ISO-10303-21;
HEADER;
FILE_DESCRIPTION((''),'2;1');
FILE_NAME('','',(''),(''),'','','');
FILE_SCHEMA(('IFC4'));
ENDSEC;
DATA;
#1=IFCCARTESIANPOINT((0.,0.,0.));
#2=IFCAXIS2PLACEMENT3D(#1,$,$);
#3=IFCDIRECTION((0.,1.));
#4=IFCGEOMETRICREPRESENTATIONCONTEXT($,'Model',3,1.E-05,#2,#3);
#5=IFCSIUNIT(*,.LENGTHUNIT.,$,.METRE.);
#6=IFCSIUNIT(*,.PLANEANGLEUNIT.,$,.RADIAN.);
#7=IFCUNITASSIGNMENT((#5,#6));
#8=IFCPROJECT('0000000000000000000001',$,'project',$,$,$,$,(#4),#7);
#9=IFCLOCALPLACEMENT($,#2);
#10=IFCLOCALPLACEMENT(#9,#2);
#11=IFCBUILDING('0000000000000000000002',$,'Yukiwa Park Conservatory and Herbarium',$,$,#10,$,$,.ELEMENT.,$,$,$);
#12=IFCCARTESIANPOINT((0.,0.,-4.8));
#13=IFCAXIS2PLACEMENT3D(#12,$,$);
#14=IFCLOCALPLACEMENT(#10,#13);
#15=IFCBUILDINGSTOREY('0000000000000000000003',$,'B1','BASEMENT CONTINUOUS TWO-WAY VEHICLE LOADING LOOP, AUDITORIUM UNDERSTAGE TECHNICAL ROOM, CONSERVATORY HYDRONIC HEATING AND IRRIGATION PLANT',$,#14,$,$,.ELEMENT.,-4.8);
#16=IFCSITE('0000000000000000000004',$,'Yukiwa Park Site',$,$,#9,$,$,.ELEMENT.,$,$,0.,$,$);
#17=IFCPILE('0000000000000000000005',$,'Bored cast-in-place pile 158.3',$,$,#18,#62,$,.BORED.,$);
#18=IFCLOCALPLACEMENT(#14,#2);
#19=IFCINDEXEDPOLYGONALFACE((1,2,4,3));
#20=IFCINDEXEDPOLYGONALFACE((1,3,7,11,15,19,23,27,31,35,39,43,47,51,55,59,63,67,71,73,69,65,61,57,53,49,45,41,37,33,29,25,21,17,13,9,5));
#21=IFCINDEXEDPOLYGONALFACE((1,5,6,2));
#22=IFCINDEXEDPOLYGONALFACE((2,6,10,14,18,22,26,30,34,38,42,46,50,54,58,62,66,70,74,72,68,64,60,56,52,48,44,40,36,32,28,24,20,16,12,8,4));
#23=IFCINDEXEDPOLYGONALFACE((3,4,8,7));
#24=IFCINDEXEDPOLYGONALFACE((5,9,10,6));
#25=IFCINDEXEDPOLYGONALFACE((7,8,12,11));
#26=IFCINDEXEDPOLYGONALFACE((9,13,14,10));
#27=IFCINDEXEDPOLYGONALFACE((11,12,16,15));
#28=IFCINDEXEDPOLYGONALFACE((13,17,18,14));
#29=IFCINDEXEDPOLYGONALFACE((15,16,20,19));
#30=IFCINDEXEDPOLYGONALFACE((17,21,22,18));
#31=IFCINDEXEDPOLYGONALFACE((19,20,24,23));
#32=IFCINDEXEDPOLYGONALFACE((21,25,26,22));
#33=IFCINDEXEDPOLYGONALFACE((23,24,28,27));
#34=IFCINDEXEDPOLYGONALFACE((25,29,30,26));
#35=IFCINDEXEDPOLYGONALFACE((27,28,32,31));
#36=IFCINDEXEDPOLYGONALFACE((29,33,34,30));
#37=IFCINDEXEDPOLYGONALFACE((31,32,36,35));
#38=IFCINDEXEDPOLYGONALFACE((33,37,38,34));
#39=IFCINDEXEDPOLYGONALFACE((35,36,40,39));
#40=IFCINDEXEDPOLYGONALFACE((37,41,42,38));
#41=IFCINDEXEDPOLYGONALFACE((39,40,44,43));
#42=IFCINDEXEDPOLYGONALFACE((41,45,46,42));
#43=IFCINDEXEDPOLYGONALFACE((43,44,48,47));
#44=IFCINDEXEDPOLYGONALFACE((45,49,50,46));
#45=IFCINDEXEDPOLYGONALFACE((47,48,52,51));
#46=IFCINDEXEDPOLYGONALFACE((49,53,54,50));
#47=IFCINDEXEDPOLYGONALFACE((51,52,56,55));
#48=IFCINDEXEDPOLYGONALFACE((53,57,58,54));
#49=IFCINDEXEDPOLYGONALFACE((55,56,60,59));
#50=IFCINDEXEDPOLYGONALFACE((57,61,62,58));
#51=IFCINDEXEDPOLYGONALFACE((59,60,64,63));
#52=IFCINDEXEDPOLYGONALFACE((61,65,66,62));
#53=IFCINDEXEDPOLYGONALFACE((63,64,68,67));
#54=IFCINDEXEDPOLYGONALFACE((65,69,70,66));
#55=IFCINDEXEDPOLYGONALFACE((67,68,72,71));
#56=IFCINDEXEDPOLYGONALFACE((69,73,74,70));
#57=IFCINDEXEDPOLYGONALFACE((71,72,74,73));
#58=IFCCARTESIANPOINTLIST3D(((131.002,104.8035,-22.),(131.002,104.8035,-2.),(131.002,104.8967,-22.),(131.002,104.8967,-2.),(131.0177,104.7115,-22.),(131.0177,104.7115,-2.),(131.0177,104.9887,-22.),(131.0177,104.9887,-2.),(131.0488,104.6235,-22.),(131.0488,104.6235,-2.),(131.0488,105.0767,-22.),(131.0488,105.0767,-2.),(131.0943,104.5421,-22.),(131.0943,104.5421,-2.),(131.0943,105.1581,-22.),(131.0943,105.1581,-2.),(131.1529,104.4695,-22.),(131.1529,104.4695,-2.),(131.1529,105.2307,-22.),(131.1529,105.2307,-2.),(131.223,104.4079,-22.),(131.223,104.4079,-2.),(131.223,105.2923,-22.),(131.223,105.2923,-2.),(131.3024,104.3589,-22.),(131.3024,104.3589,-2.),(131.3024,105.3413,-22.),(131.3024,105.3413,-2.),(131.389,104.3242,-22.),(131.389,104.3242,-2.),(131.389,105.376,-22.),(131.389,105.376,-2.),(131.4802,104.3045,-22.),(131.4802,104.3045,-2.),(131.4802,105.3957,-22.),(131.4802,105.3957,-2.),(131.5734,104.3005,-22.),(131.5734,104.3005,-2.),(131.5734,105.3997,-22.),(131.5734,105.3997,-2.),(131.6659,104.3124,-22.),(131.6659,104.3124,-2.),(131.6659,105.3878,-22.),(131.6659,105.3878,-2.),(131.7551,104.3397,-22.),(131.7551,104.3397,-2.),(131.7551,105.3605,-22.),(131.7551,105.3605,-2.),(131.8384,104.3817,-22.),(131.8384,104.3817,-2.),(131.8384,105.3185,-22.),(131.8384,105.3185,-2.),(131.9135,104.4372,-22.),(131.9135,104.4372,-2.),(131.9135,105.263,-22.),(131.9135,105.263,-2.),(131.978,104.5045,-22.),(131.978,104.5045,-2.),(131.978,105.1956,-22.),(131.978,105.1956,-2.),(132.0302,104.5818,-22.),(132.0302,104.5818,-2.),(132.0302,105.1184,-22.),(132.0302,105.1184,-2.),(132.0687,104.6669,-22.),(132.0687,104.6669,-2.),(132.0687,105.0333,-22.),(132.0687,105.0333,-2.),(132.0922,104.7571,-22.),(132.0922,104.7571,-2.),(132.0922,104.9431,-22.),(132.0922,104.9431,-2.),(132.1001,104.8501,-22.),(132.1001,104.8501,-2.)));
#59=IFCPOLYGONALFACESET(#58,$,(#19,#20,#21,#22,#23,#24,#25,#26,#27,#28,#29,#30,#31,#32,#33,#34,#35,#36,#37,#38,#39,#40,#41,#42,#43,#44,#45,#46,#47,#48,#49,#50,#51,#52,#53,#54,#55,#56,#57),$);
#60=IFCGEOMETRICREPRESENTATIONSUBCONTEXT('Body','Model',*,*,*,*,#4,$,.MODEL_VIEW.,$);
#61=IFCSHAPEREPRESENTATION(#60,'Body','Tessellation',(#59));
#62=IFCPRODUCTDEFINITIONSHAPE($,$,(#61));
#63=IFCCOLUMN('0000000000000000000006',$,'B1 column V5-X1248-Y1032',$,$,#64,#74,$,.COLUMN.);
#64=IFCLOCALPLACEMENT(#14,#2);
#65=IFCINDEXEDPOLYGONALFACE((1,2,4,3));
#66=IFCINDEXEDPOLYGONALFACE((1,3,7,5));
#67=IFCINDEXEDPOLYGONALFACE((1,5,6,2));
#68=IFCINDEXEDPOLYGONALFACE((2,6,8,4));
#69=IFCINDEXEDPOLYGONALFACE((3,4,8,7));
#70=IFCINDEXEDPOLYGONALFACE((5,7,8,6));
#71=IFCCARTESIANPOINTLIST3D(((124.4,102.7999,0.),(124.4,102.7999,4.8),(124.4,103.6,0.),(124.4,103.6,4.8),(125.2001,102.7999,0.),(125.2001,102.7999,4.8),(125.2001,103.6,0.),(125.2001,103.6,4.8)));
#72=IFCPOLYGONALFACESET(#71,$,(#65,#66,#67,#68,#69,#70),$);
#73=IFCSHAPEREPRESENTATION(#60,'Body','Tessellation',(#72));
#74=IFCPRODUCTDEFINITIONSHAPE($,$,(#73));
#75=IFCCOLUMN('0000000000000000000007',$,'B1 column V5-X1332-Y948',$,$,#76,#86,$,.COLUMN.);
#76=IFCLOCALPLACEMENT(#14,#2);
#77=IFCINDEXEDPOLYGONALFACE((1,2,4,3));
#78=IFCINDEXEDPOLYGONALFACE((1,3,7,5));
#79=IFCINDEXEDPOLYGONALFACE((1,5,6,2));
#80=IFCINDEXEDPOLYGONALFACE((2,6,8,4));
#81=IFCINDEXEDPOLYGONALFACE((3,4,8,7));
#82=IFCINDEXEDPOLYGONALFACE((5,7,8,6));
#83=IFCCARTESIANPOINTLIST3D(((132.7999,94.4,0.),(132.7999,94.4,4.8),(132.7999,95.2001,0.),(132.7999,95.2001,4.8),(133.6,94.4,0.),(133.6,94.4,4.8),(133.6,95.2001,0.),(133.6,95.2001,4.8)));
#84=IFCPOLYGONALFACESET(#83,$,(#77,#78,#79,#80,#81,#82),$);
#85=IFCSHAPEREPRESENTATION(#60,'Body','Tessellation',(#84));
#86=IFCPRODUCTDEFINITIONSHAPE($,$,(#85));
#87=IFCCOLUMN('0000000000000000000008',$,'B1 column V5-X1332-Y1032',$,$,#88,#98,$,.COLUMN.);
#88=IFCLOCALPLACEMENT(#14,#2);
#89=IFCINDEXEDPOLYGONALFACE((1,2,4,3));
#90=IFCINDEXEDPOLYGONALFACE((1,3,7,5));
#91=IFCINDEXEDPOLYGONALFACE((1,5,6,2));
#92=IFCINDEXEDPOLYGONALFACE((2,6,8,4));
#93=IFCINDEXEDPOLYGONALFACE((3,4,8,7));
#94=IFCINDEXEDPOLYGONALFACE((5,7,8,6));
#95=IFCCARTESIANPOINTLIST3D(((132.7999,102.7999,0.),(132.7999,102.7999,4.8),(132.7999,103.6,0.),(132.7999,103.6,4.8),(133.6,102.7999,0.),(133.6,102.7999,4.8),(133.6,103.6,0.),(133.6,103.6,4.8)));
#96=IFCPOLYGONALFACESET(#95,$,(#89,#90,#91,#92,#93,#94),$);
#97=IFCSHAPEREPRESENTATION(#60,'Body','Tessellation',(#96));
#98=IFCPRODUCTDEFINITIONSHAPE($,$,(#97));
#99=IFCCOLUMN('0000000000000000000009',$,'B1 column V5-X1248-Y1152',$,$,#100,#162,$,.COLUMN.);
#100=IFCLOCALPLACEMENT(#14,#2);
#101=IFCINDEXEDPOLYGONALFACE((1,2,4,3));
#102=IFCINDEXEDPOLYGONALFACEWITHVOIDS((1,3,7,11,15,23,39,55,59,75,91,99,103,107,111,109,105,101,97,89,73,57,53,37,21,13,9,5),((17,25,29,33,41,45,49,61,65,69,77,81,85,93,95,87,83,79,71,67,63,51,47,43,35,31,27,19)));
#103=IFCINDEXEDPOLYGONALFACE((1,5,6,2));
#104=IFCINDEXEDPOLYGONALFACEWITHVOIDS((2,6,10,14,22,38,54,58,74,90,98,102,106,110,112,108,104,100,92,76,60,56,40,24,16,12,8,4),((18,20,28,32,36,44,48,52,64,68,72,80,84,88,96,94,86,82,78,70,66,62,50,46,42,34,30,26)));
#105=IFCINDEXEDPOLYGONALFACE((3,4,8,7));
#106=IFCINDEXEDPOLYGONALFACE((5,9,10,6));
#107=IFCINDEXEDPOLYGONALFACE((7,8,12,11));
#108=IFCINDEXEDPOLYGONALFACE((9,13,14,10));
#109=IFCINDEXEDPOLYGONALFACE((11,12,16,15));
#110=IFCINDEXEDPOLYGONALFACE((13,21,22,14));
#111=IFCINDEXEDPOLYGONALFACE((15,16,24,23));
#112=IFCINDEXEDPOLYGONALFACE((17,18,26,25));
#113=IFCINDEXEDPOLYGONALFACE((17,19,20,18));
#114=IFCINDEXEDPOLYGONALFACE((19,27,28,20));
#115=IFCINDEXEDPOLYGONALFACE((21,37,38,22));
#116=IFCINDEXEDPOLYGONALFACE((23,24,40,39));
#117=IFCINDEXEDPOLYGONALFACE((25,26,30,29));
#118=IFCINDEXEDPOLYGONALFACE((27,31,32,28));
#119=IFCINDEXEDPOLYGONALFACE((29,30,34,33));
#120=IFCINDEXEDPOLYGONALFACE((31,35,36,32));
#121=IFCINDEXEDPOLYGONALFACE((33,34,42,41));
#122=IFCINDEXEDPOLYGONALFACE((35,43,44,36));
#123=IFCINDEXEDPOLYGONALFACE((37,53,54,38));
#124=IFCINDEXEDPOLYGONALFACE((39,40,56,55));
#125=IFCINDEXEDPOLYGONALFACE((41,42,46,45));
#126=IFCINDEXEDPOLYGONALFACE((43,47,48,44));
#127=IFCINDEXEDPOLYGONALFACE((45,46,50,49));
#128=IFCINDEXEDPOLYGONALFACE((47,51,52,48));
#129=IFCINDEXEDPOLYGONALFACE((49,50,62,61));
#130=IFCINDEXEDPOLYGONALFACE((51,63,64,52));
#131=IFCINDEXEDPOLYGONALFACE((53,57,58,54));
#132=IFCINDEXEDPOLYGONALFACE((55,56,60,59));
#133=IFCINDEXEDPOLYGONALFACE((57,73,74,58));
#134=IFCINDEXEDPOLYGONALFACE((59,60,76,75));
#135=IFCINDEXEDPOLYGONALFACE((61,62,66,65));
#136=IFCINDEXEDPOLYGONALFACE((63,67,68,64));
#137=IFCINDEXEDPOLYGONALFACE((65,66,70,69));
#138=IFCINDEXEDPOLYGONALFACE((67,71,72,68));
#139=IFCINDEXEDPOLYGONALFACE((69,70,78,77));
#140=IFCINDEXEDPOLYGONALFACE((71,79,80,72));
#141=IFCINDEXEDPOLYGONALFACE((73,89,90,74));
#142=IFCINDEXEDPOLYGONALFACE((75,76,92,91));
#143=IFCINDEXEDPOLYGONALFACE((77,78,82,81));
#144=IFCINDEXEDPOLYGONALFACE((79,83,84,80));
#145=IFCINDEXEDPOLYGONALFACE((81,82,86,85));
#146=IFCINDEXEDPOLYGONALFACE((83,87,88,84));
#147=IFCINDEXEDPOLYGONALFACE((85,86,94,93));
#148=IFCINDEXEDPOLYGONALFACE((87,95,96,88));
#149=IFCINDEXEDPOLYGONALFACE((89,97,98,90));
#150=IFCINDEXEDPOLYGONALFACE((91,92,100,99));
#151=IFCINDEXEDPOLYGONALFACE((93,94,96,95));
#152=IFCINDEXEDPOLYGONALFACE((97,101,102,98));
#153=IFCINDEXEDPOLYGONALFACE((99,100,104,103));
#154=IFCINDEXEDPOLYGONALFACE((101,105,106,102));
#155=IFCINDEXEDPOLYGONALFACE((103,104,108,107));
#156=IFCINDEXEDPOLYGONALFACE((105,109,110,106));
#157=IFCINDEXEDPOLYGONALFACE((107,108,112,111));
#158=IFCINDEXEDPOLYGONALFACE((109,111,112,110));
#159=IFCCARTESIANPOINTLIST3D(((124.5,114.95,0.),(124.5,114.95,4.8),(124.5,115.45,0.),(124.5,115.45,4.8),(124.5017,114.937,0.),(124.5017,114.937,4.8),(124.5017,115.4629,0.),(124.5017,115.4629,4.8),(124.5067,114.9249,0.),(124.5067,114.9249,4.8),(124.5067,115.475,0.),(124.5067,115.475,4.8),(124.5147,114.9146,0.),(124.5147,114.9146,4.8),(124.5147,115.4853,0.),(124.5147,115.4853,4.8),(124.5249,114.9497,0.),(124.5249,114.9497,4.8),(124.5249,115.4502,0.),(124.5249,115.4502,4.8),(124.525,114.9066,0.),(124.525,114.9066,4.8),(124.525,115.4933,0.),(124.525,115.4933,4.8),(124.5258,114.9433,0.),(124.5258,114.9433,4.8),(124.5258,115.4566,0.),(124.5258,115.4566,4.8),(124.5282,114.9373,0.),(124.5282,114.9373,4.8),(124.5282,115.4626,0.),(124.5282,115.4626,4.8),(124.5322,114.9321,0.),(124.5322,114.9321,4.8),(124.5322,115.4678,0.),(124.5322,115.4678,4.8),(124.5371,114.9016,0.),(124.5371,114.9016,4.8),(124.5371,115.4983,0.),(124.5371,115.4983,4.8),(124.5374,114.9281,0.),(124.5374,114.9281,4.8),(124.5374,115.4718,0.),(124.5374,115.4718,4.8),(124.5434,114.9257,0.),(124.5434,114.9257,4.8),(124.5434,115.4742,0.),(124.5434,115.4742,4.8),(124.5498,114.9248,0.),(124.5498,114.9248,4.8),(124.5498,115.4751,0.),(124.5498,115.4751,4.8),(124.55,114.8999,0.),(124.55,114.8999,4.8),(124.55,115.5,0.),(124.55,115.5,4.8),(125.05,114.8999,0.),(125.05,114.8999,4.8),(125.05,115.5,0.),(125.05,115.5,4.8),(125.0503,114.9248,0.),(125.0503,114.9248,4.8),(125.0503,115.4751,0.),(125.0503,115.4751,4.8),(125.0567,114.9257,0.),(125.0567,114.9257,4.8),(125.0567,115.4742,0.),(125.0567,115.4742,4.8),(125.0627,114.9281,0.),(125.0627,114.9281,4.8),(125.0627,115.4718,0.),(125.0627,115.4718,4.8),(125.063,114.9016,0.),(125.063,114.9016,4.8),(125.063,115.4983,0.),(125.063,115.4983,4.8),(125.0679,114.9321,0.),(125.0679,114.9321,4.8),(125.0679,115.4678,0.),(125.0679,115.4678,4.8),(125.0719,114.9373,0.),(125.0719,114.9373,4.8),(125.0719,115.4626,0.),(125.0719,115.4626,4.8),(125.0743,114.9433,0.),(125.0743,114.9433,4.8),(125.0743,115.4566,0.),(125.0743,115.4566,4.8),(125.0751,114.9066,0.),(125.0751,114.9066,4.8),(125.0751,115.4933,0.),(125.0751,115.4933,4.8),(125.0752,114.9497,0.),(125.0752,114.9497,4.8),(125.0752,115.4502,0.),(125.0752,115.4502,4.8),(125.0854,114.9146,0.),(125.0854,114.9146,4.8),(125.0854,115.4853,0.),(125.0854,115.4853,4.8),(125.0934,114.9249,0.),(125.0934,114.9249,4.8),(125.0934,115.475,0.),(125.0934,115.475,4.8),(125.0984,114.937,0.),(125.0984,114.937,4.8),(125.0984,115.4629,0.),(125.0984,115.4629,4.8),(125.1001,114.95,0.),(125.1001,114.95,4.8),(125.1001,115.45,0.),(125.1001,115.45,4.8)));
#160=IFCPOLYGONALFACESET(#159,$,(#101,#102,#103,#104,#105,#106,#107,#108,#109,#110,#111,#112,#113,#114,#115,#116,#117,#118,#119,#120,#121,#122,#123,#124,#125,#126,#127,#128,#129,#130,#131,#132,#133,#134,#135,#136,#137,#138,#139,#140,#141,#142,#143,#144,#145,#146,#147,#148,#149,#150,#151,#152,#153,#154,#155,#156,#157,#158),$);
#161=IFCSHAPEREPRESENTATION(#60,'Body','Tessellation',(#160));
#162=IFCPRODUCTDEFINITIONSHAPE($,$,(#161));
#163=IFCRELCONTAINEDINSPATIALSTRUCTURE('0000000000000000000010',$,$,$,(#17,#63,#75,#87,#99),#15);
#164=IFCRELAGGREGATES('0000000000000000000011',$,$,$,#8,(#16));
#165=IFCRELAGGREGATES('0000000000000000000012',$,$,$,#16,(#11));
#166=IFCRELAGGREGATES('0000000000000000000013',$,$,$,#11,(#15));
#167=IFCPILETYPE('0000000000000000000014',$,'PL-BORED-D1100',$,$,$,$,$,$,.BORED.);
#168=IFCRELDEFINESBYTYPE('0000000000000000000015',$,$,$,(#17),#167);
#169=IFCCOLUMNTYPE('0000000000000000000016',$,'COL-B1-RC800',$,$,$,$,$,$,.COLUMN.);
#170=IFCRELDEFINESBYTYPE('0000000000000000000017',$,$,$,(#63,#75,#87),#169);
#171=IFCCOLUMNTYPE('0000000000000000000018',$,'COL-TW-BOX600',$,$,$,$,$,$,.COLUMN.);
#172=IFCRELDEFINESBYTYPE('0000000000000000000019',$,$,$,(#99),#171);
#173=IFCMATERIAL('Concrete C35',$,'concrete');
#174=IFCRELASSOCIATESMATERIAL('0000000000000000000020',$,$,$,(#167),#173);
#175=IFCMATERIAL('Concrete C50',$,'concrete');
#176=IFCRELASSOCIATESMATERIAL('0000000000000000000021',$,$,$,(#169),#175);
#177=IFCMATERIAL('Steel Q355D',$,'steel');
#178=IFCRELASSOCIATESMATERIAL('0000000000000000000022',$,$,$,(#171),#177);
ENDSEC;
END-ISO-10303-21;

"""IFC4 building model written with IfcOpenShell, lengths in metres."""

from ifc_helpers import new_model, si_unit, direction, frame, origin, origin_2d, place, context, subcontext, project, spatial, rectangle, hollow_rectangle, circle, extrude, material, material_profile, profile_set, type_object, element, save


model = new_model("IFC4")

# Units and contexts
model_context = context("Model", 3, precision=1e-05, world=origin(), true_north=direction((0.0, 1.0)))
body_context = subcontext(model_context, "Body", "Model", "MODEL_VIEW")
ifc_project = project(units=[si_unit("LENGTHUNIT", "METRE"), si_unit("PLANEANGLEUNIT", "RADIAN")], contexts=[model_context])

# Site, building, storey
site_placement = place(None, origin())
site = spatial("IfcSite", under=ifc_project, at=site_placement, Name="Yukiwa Park Site", CompositionType="ELEMENT", RefElevation=0.0)
building_placement = place(site_placement, origin())
building = spatial("IfcBuilding", under=site, at=building_placement, Name="Yukiwa Park Conservatory and Herbarium", CompositionType="ELEMENT")
storey_placement = place(building_placement, frame((0.0, 0.0, -4.8)))
storey = spatial("IfcBuildingStorey", under=building, at=storey_placement, Name="B1", Description="BASEMENT CONTINUOUS TWO-WAY VEHICLE LOADING LOOP, AUDITORIUM UNDERSTAGE TECHNICAL ROOM, CONSERVATORY HYDRONIC HEATING AND IRRIGATION PLANT", CompositionType="ELEMENT", Elevation=-4.8)

# Pile
ifc_material_1 = material(Name="Concrete C35", Category="concrete")
ifc_material_profile_1 = material_profile(ifc_material_1, circle(Radius=0.55, at=origin_2d()), Name="PILE D1100")
ifc_profile_set_1 = profile_set([ifc_material_profile_1], Name="Concrete C35")
pile_type_1 = type_object("IfcPileType", Name="PL-BORED-D1100", PredefinedType="BORED", material=ifc_profile_set_1)
for number, where, z_axis, x_axis, name in (
    (1, (131.55, 104.8501, -2.0), (0.0, 0.0, -1.0), (1.0, 0.0, 0.0), "Bored cast-in-place pile 158.3"),
):
    element("IfcPile", number, at=place(storey_placement, frame(where, z_axis=z_axis, x_axis=x_axis)), inside=storey, type_object=pile_type_1, Name=name, PredefinedType="BORED", context=body_context, shape_type="SweptSolid", body=[
        extrude(circle(Radius=0.55, at=origin_2d()), origin(), (0.0, 0.0, 1.0), 20.0),
    ])

# Columns
ifc_material_2 = material(Name="Concrete C50", Category="concrete")
ifc_material_profile_2 = material_profile(ifc_material_2, rectangle(XDim=0.8, YDim=0.8, at=origin_2d()), Name="RC 800x800")
ifc_profile_set_2 = profile_set([ifc_material_profile_2], Name="Concrete C50")
column_type_1 = type_object("IfcColumnType", Name="COL-B1-RC800", PredefinedType="COLUMN", material=ifc_profile_set_2)
for number, where, z_axis, x_axis, name in (
    (2, (124.8, 103.2, 0.0), (0.0, 0.0, 1.0), (1.0, 0.0, 0.0), "B1 column V5-X1248-Y1032"),
    (3, (133.2, 94.8, 0.0), (0.0, 0.0, 1.0), (1.0, 0.0, 0.0), "B1 column V5-X1332-Y948"),
    (4, (133.2, 103.2, 0.0), (0.0, 0.0, 1.0), (1.0, 0.0, 0.0), "B1 column V5-X1332-Y1032"),
):
    element("IfcColumn", number, at=place(storey_placement, frame(where, z_axis=z_axis, x_axis=x_axis)), inside=storey, type_object=column_type_1, Name=name, PredefinedType="COLUMN", context=body_context, shape_type="SweptSolid", body=[
        extrude(rectangle(XDim=0.8, YDim=0.8, at=origin_2d()), origin(), (0.0, 0.0, 1.0), 4.8),
    ])
ifc_material_3 = material(Name="Steel Q355D", Category="steel")
ifc_material_profile_3 = material_profile(ifc_material_3, hollow_rectangle(XDim=0.6001, YDim=0.6001, WallThickness=0.0249, InnerFilletRadius=0.0249, OuterFilletRadius=0.05, at=origin_2d()), Name="BOX 600x600x25")
ifc_profile_set_3 = profile_set([ifc_material_profile_3], Name="Steel Q355D")
column_type_2 = type_object("IfcColumnType", Name="COL-TW-BOX600", PredefinedType="COLUMN", material=ifc_profile_set_3)
for number, where, z_axis, x_axis, name in (
    (5, (124.8, 115.2, 0.0), (0.0, 0.0, 1.0), (1.0, 0.0, 0.0), "B1 column V5-X1248-Y1152"),
):
    element("IfcColumn", number, at=place(storey_placement, frame(where, z_axis=z_axis, x_axis=x_axis)), inside=storey, type_object=column_type_2, Name=name, PredefinedType="COLUMN", context=body_context, shape_type="SweptSolid", body=[
        extrude(hollow_rectangle(XDim=0.6001, YDim=0.6001, WallThickness=0.0249, InnerFilletRadius=0.0249, OuterFilletRadius=0.05, at=origin_2d()), origin(), (0.0, 0.0, 1.0), 4.8),
    ])

save(model, "model.ifc")
